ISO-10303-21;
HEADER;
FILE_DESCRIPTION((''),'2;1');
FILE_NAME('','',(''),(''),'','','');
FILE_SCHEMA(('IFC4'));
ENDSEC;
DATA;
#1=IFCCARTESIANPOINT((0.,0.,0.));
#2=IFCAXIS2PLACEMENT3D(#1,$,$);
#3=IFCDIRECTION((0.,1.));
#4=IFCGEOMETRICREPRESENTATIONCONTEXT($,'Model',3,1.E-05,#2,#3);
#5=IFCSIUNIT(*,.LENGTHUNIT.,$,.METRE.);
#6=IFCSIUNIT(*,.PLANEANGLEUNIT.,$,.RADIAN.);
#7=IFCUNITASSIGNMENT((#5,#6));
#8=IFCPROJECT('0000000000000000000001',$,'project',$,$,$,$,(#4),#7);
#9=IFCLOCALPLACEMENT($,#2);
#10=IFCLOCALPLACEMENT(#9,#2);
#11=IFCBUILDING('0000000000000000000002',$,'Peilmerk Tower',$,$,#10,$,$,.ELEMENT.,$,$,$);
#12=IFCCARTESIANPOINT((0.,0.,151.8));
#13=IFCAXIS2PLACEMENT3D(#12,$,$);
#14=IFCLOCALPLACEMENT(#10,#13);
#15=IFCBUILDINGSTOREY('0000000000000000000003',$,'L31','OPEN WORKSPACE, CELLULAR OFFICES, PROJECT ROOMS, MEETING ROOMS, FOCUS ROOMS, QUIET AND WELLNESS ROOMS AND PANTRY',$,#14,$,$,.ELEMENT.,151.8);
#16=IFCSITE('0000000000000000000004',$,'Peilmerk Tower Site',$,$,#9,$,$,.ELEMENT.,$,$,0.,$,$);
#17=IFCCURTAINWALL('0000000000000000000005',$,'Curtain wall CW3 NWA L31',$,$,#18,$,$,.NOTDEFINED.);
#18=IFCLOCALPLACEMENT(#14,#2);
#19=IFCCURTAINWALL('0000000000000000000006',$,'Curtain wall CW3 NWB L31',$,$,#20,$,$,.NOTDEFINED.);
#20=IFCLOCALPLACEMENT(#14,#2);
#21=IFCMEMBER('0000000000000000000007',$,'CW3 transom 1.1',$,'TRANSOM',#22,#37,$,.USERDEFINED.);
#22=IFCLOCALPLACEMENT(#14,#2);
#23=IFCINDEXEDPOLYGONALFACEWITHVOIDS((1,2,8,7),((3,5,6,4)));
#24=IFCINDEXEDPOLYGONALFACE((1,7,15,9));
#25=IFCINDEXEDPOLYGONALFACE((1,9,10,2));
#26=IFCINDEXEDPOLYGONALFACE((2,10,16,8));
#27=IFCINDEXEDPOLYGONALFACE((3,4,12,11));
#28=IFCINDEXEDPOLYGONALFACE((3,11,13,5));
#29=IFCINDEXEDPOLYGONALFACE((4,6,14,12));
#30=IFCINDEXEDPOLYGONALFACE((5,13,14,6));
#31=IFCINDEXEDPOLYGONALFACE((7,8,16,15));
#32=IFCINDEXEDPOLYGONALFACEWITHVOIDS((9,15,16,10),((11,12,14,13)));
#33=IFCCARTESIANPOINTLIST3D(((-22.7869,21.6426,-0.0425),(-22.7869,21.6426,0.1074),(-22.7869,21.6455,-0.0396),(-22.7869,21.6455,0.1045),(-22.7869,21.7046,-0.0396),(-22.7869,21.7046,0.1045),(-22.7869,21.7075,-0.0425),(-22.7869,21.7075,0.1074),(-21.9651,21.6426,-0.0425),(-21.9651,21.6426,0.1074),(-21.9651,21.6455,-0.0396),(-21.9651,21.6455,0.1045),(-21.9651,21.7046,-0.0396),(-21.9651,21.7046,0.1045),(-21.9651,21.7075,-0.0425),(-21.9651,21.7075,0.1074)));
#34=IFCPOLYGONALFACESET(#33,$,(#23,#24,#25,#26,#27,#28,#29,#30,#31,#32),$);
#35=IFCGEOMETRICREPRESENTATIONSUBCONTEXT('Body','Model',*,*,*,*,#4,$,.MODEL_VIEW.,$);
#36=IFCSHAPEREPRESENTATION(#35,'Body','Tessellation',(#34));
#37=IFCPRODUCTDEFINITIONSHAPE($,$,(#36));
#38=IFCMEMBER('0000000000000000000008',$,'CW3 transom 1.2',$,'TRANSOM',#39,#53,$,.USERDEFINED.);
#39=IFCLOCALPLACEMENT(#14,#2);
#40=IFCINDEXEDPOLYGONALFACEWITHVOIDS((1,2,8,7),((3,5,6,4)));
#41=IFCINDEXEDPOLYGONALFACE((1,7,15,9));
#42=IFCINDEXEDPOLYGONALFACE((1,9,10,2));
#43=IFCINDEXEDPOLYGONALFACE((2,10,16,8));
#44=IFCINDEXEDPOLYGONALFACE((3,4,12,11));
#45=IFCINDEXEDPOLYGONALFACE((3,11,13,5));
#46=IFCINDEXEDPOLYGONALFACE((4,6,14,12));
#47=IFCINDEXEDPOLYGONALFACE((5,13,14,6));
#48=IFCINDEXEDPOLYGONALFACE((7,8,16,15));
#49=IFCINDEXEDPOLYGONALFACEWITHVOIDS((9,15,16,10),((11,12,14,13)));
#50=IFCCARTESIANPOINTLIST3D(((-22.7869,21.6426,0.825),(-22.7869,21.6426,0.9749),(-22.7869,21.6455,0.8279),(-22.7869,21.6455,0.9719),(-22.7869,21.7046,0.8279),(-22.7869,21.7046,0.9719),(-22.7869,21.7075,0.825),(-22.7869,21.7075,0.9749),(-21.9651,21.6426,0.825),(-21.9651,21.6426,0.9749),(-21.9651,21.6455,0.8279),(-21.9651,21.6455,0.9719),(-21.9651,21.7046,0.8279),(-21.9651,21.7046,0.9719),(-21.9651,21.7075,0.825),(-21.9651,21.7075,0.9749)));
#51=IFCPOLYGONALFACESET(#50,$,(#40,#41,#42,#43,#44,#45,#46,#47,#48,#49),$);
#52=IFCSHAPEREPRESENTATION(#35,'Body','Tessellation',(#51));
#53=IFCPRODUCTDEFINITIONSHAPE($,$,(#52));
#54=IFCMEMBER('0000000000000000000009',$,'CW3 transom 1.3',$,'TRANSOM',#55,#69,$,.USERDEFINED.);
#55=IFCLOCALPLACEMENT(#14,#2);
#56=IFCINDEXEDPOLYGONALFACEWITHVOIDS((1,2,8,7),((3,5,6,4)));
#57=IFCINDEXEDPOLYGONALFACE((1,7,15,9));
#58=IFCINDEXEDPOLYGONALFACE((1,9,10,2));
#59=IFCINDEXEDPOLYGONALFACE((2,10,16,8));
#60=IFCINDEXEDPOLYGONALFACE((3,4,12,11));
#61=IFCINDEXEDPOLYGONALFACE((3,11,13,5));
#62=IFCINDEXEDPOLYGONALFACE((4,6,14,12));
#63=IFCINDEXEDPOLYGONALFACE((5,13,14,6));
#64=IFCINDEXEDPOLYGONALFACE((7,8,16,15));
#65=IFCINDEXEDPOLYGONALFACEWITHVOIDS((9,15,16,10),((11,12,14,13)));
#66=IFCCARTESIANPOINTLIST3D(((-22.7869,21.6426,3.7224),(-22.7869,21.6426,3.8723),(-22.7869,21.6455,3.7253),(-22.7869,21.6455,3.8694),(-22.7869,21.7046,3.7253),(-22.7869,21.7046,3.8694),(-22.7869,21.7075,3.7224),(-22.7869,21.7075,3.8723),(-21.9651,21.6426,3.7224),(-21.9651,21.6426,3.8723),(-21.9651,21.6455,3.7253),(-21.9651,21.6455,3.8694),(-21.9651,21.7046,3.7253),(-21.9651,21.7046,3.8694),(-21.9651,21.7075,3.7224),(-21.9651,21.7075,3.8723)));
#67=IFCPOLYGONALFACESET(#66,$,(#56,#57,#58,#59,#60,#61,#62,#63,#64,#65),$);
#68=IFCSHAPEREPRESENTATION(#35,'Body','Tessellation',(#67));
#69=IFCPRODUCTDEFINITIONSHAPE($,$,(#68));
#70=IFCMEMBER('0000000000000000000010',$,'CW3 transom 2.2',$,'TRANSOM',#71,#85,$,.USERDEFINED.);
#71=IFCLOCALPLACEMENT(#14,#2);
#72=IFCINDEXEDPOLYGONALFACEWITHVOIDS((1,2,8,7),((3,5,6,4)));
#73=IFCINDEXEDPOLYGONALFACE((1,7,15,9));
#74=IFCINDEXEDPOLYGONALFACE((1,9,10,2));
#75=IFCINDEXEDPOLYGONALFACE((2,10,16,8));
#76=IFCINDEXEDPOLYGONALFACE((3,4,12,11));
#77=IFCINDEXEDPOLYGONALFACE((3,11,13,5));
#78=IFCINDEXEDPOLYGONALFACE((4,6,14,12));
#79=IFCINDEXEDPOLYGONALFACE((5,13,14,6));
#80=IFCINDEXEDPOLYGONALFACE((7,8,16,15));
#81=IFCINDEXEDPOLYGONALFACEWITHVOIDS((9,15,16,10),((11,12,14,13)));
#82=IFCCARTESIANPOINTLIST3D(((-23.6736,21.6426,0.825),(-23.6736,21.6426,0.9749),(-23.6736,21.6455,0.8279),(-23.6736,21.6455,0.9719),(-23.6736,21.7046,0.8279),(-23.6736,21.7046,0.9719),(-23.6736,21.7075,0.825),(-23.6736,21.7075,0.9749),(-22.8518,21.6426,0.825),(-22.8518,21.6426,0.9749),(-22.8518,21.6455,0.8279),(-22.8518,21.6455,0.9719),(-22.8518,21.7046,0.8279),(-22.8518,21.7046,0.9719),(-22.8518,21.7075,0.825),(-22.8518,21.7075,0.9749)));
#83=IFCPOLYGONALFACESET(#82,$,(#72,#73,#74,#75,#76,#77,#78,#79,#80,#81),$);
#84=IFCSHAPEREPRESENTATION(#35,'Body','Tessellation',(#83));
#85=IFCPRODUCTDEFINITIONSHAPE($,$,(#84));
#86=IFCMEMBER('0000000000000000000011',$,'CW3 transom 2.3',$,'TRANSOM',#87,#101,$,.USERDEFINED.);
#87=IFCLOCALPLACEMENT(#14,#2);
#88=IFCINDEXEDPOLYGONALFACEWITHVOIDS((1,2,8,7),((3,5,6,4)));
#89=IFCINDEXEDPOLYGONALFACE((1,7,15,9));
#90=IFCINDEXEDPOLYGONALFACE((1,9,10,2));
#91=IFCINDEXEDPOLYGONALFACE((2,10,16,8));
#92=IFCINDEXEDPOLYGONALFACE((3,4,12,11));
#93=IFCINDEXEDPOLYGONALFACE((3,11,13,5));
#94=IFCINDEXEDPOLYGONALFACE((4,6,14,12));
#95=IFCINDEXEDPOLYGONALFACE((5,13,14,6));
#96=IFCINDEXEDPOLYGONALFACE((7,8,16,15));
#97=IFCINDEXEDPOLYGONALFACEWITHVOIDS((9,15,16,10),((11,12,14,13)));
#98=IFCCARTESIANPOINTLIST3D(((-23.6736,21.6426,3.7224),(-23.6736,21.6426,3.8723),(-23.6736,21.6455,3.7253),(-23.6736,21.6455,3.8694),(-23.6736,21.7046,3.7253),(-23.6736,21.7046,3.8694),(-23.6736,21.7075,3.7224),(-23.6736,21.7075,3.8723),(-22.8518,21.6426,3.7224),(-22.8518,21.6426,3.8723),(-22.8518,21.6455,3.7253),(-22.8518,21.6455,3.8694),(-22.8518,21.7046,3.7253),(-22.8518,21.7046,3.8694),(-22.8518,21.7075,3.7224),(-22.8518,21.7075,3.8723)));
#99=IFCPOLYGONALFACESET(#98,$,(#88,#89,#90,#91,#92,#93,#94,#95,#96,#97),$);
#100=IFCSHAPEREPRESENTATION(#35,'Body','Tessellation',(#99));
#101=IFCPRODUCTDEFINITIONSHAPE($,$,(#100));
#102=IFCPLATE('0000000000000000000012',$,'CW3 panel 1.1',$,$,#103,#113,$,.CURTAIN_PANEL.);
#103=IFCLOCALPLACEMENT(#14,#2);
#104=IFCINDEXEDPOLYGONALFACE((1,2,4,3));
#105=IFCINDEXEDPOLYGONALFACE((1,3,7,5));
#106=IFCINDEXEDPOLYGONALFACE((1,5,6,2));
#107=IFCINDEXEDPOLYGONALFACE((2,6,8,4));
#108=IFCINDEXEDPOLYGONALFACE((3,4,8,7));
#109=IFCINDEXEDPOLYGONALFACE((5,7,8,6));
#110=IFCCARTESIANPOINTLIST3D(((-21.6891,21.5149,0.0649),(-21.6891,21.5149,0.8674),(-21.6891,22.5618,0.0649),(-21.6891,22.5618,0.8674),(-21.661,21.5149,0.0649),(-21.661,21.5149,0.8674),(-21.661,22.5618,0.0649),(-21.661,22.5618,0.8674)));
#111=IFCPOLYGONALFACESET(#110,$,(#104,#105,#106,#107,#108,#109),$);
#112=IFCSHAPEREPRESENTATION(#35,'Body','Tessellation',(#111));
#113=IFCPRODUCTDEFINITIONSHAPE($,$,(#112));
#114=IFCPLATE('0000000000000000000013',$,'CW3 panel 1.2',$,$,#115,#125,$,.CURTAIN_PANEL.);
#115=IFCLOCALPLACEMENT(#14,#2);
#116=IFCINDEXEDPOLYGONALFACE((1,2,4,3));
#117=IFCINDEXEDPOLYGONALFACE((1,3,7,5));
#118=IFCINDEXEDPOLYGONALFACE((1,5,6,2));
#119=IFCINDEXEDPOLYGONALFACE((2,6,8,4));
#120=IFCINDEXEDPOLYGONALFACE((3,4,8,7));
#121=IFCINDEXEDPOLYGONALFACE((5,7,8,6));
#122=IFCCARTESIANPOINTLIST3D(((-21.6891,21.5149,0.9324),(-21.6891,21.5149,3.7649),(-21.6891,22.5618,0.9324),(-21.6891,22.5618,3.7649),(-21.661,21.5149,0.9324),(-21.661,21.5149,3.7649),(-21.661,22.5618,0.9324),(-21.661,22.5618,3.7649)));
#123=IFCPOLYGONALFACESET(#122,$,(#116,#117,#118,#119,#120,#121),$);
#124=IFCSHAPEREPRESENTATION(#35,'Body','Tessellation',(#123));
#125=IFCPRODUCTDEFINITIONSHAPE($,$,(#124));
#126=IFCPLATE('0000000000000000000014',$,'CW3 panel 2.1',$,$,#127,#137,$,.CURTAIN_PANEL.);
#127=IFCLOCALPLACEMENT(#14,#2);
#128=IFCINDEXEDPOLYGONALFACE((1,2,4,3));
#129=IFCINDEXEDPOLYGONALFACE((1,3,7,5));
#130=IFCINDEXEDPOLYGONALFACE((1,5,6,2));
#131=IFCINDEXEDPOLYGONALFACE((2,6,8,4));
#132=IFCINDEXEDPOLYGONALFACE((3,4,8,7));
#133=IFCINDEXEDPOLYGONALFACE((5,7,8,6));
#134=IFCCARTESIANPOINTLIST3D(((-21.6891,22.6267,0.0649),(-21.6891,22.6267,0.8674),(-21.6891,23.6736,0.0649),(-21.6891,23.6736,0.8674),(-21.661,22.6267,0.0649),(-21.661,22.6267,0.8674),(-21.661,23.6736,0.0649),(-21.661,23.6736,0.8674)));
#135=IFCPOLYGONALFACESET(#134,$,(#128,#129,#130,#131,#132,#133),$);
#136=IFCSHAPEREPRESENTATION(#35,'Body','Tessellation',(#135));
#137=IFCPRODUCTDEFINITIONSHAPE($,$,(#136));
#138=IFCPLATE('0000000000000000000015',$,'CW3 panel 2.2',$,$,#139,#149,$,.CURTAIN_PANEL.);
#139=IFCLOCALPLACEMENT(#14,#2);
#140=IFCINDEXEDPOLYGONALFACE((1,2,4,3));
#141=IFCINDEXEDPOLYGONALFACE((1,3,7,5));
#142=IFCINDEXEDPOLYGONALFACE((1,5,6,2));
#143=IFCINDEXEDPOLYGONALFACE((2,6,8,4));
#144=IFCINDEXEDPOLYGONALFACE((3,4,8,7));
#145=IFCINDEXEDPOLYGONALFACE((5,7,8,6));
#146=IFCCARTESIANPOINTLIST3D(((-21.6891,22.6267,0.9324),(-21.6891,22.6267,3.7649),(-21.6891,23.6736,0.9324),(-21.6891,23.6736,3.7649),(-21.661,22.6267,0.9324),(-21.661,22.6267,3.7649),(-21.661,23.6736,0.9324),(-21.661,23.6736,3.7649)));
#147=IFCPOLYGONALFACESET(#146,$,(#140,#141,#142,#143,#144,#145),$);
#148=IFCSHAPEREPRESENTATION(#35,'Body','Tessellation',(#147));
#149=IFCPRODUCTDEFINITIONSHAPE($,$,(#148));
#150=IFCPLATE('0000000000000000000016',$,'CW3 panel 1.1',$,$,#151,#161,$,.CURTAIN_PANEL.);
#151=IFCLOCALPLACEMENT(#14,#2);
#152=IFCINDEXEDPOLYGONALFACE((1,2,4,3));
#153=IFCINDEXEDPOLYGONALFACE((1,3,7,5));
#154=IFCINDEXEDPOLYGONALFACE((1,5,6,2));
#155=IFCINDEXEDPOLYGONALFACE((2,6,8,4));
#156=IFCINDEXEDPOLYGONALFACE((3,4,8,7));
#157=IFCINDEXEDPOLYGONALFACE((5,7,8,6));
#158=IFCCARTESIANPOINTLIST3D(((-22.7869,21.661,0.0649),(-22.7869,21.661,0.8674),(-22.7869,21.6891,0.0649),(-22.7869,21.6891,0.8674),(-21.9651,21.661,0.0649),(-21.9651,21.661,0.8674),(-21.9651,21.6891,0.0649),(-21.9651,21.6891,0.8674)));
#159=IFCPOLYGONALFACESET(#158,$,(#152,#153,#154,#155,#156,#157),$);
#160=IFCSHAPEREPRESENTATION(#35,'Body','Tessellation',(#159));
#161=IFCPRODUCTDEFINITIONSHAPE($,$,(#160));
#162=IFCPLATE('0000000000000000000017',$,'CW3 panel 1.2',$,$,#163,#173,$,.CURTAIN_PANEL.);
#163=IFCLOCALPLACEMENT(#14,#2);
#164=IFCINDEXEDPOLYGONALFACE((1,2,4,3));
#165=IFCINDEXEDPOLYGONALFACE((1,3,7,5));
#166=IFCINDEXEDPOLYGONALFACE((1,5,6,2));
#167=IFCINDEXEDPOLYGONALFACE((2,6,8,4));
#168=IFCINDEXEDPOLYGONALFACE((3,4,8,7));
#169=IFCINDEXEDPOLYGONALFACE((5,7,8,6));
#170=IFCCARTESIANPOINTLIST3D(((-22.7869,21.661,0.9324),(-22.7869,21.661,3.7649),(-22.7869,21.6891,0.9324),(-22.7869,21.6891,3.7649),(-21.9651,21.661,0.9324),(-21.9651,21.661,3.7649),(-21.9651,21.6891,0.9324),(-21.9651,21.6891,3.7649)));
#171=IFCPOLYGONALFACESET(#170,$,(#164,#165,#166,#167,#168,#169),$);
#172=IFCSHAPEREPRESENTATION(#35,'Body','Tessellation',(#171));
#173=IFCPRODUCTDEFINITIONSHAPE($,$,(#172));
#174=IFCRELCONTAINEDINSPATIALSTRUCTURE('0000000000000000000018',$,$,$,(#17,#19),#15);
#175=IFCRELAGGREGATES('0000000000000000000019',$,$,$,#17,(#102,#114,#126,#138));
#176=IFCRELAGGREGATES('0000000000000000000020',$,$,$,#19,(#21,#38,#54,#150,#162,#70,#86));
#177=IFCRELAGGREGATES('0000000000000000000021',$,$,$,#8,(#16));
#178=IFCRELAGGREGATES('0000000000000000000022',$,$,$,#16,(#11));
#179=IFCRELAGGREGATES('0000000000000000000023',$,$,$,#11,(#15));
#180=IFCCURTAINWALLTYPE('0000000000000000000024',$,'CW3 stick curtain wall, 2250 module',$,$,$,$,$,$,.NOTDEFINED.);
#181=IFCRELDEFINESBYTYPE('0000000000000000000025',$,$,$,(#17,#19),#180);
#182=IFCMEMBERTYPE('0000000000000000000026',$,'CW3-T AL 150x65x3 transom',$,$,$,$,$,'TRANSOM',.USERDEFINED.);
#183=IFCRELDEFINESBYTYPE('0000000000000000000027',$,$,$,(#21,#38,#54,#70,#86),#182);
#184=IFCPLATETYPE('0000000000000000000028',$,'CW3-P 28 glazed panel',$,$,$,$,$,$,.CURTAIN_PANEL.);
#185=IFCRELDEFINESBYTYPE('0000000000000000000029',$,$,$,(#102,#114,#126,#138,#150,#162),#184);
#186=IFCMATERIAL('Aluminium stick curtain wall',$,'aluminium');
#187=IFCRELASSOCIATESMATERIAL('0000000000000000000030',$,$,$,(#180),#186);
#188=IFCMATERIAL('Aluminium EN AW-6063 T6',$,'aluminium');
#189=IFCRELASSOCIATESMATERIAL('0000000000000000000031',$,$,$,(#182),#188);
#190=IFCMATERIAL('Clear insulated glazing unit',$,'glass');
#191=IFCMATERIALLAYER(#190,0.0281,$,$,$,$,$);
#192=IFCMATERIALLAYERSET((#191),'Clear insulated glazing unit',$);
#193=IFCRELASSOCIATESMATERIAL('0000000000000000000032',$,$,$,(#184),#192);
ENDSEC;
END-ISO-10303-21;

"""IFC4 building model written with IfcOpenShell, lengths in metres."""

from ifc_helpers import new_model, si_unit, direction, frame, origin, origin_2d, place, context, subcontext, project, spatial, rectangle, hollow_rectangle, extrude, material, layer, layer_set, material_profile, profile_set, type_object, element, aggregate, save


model = new_model("IFC4")

# Units and contexts
model_context = context("Model", 3, precision=1e-05, world=origin(), true_north=direction((0.0, 1.0)))
body_context = subcontext(model_context, "Body", "Model", "MODEL_VIEW")
ifc_project = project(units=[si_unit("LENGTHUNIT", "METRE"), si_unit("PLANEANGLEUNIT", "RADIAN")], contexts=[model_context])

# Site, building, storey
site_placement = place(None, origin())
site = spatial("IfcSite", under=ifc_project, at=site_placement, Name="Peilmerk Tower Site", CompositionType="ELEMENT", RefElevation=0.0)
building_placement = place(site_placement, origin())
building = spatial("IfcBuilding", under=site, at=building_placement, Name="Peilmerk Tower", CompositionType="ELEMENT")
storey_placement = place(building_placement, frame((0.0, 0.0, 151.8)))
storey = spatial("IfcBuildingStorey", under=building, at=storey_placement, Name="L31", Description="OPEN WORKSPACE, CELLULAR OFFICES, PROJECT ROOMS, MEETING ROOMS, FOCUS ROOMS, QUIET AND WELLNESS ROOMS AND PANTRY", CompositionType="ELEMENT", Elevation=151.8)

# Curtain walls
ifc_material_1 = material(Name="Aluminium stick curtain wall", Category="aluminium")
curtain_wall_type = type_object("IfcCurtainWallType", Name="CW3 stick curtain wall, 2250 module", PredefinedType="NOTDEFINED", material=ifc_material_1)
curtain_wall_1_placement = place(storey_placement, origin())
curtain_wall_1 = element("IfcCurtainWall", 1, at=curtain_wall_1_placement, inside=storey, type_object=curtain_wall_type, Name="Curtain wall CW3 NWA L31", PredefinedType="NOTDEFINED")
ifc_material_2 = material(Name="Aluminium EN AW-6063 T6", Category="aluminium")
curtain_wall_2_placement = place(storey_placement, origin())
curtain_wall_2 = element("IfcCurtainWall", 2, at=curtain_wall_2_placement, inside=storey, type_object=curtain_wall_type, Name="Curtain wall CW3 NWB L31", PredefinedType="NOTDEFINED")

# Members
ifc_material_profile_1 = material_profile(ifc_material_2, hollow_rectangle(XDim=0.0649, YDim=0.1499, WallThickness=0.0029, at=origin_2d()), Name="AL 150x65x3")
ifc_profile_set_1 = profile_set([ifc_material_profile_1], Name="Aluminium EN AW-6063 T6")
member_type_1 = type_object("IfcMemberType", Name="CW3-T AL 150x65x3 transom", ElementType="TRANSOM", PredefinedType="USERDEFINED", material=ifc_profile_set_1)
member_1_placement = place(storey_placement, frame((-21.9651, 21.675, 0.0325), z_axis=(-1.0, 0.0, 0.0), x_axis=(0.0, -1.0, 0.0)))
member_1 = element("IfcMember", 3, at=member_1_placement, type_object=member_type_1, Name="CW3 transom 1.1", ObjectType="TRANSOM", PredefinedType="USERDEFINED", context=body_context, shape_type="SweptSolid", body=[
    extrude(hollow_rectangle(XDim=0.0649, YDim=0.1499, WallThickness=0.0029, at=origin_2d()), origin(), (0.0, 0.0, 1.0), 0.8218),
])
member_2_placement = place(storey_placement, frame((-21.9651, 21.675, 0.8999), z_axis=(-1.0, 0.0, 0.0), x_axis=(0.0, -1.0, 0.0)))
member_2 = element("IfcMember", 4, at=member_2_placement, type_object=member_type_1, Name="CW3 transom 1.2", ObjectType="TRANSOM", PredefinedType="USERDEFINED", context=body_context, shape_type="SweptSolid", body=[
    extrude(hollow_rectangle(XDim=0.0649, YDim=0.1499, WallThickness=0.0029, at=origin_2d()), origin(), (0.0, 0.0, 1.0), 0.8218),
])
member_3_placement = place(storey_placement, frame((-21.9651, 21.675, 3.7974), z_axis=(-1.0, 0.0, 0.0), x_axis=(0.0, -1.0, 0.0)))
member_3 = element("IfcMember", 5, at=member_3_placement, type_object=member_type_1, Name="CW3 transom 1.3", ObjectType="TRANSOM", PredefinedType="USERDEFINED", context=body_context, shape_type="SweptSolid", body=[
    extrude(hollow_rectangle(XDim=0.0649, YDim=0.1499, WallThickness=0.0029, at=origin_2d()), origin(), (0.0, 0.0, 1.0), 0.8218),
])
member_4_placement = place(storey_placement, frame((-22.8518, 21.675, 0.8999), z_axis=(-1.0, 0.0, 0.0), x_axis=(0.0, -1.0, 0.0)))
member_4 = element("IfcMember", 6, at=member_4_placement, type_object=member_type_1, Name="CW3 transom 2.2", ObjectType="TRANSOM", PredefinedType="USERDEFINED", context=body_context, shape_type="SweptSolid", body=[
    extrude(hollow_rectangle(XDim=0.0649, YDim=0.1499, WallThickness=0.0029, at=origin_2d()), origin(), (0.0, 0.0, 1.0), 0.8218),
])
member_5_placement = place(storey_placement, frame((-22.8518, 21.675, 3.7974), z_axis=(-1.0, 0.0, 0.0), x_axis=(0.0, -1.0, 0.0)))
member_5 = element("IfcMember", 7, at=member_5_placement, type_object=member_type_1, Name="CW3 transom 2.3", ObjectType="TRANSOM", PredefinedType="USERDEFINED", context=body_context, shape_type="SweptSolid", body=[
    extrude(hollow_rectangle(XDim=0.0649, YDim=0.1499, WallThickness=0.0029, at=origin_2d()), origin(), (0.0, 0.0, 1.0), 0.8218),
])

# Plates
ifc_material_3 = material(Name="Clear insulated glazing unit", Category="glass")
ifc_layer_1 = layer(ifc_material_3, 0.0281)
ifc_layer_set_1 = layer_set([ifc_layer_1], Name="Clear insulated glazing unit")
plate_type = type_object("IfcPlateType", Name="CW3-P 28 glazed panel", PredefinedType="CURTAIN_PANEL", material=ifc_layer_set_1)
plate_1_placement = place(storey_placement, frame((-21.675, 22.0383, 0.0649), z_axis=(0.0, 0.0, 1.0), x_axis=(0.0, 1.0, 0.0)))
plate_1 = element("IfcPlate", 8, at=plate_1_placement, type_object=plate_type, Name="CW3 panel 1.1", PredefinedType="CURTAIN_PANEL", context=body_context, shape_type="SweptSolid", body=[
    extrude(rectangle(XDim=1.0469, YDim=0.0281, at=origin_2d()), origin(), (0.0, 0.0, 1.0), 0.8025),
])
plate_2_placement = place(storey_placement, frame((-21.675, 22.0383, 0.9324), z_axis=(0.0, 0.0, 1.0), x_axis=(0.0, 1.0, 0.0)))
plate_2 = element("IfcPlate", 9, at=plate_2_placement, type_object=plate_type, Name="CW3 panel 1.2", PredefinedType="CURTAIN_PANEL", context=body_context, shape_type="SweptSolid", body=[
    extrude(rectangle(XDim=1.0469, YDim=0.0281, at=origin_2d()), origin(), (0.0, 0.0, 1.0), 2.8325),
])
plate_3_placement = place(storey_placement, frame((-21.675, 23.1501, 0.0649), z_axis=(0.0, 0.0, 1.0), x_axis=(0.0, 1.0, 0.0)))
plate_3 = element("IfcPlate", 10, at=plate_3_placement, type_object=plate_type, Name="CW3 panel 2.1", PredefinedType="CURTAIN_PANEL", context=body_context, shape_type="SweptSolid", body=[
    extrude(rectangle(XDim=1.0469, YDim=0.0281, at=origin_2d()), origin(), (0.0, 0.0, 1.0), 0.8025),
])
plate_4_placement = place(storey_placement, frame((-21.675, 23.1501, 0.9324), z_axis=(0.0, 0.0, 1.0), x_axis=(0.0, 1.0, 0.0)))
plate_4 = element("IfcPlate", 11, at=plate_4_placement, type_object=plate_type, Name="CW3 panel 2.2", PredefinedType="CURTAIN_PANEL", context=body_context, shape_type="SweptSolid", body=[
    extrude(rectangle(XDim=1.0469, YDim=0.0281, at=origin_2d()), origin(), (0.0, 0.0, 1.0), 2.8325),
])
aggregate(curtain_wall_1, [plate_1, plate_2, plate_3, plate_4])
plate_5_placement = place(storey_placement, frame((-22.376, 21.675, 0.0649), z_axis=(0.0, 0.0, 1.0), x_axis=(-1.0, 0.0, 0.0)))
plate_5 = element("IfcPlate", 12, at=plate_5_placement, type_object=plate_type, Name="CW3 panel 1.1", PredefinedType="CURTAIN_PANEL", context=body_context, shape_type="SweptSolid", body=[
    extrude(rectangle(XDim=0.8218, YDim=0.0281, at=origin_2d()), origin(), (0.0, 0.0, 1.0), 0.8025),
])
plate_6_placement = place(storey_placement, frame((-22.376, 21.675, 0.9324), z_axis=(0.0, 0.0, 1.0), x_axis=(-1.0, 0.0, 0.0)))
plate_6 = element("IfcPlate", 13, at=plate_6_placement, type_object=plate_type, Name="CW3 panel 1.2", PredefinedType="CURTAIN_PANEL", context=body_context, shape_type="SweptSolid", body=[
    extrude(rectangle(XDim=0.8218, YDim=0.0281, at=origin_2d()), origin(), (0.0, 0.0, 1.0), 2.8325),
])
aggregate(curtain_wall_2, [member_1, member_2, member_3, plate_5, plate_6, member_4, member_5])

save(model, "model.ifc")
